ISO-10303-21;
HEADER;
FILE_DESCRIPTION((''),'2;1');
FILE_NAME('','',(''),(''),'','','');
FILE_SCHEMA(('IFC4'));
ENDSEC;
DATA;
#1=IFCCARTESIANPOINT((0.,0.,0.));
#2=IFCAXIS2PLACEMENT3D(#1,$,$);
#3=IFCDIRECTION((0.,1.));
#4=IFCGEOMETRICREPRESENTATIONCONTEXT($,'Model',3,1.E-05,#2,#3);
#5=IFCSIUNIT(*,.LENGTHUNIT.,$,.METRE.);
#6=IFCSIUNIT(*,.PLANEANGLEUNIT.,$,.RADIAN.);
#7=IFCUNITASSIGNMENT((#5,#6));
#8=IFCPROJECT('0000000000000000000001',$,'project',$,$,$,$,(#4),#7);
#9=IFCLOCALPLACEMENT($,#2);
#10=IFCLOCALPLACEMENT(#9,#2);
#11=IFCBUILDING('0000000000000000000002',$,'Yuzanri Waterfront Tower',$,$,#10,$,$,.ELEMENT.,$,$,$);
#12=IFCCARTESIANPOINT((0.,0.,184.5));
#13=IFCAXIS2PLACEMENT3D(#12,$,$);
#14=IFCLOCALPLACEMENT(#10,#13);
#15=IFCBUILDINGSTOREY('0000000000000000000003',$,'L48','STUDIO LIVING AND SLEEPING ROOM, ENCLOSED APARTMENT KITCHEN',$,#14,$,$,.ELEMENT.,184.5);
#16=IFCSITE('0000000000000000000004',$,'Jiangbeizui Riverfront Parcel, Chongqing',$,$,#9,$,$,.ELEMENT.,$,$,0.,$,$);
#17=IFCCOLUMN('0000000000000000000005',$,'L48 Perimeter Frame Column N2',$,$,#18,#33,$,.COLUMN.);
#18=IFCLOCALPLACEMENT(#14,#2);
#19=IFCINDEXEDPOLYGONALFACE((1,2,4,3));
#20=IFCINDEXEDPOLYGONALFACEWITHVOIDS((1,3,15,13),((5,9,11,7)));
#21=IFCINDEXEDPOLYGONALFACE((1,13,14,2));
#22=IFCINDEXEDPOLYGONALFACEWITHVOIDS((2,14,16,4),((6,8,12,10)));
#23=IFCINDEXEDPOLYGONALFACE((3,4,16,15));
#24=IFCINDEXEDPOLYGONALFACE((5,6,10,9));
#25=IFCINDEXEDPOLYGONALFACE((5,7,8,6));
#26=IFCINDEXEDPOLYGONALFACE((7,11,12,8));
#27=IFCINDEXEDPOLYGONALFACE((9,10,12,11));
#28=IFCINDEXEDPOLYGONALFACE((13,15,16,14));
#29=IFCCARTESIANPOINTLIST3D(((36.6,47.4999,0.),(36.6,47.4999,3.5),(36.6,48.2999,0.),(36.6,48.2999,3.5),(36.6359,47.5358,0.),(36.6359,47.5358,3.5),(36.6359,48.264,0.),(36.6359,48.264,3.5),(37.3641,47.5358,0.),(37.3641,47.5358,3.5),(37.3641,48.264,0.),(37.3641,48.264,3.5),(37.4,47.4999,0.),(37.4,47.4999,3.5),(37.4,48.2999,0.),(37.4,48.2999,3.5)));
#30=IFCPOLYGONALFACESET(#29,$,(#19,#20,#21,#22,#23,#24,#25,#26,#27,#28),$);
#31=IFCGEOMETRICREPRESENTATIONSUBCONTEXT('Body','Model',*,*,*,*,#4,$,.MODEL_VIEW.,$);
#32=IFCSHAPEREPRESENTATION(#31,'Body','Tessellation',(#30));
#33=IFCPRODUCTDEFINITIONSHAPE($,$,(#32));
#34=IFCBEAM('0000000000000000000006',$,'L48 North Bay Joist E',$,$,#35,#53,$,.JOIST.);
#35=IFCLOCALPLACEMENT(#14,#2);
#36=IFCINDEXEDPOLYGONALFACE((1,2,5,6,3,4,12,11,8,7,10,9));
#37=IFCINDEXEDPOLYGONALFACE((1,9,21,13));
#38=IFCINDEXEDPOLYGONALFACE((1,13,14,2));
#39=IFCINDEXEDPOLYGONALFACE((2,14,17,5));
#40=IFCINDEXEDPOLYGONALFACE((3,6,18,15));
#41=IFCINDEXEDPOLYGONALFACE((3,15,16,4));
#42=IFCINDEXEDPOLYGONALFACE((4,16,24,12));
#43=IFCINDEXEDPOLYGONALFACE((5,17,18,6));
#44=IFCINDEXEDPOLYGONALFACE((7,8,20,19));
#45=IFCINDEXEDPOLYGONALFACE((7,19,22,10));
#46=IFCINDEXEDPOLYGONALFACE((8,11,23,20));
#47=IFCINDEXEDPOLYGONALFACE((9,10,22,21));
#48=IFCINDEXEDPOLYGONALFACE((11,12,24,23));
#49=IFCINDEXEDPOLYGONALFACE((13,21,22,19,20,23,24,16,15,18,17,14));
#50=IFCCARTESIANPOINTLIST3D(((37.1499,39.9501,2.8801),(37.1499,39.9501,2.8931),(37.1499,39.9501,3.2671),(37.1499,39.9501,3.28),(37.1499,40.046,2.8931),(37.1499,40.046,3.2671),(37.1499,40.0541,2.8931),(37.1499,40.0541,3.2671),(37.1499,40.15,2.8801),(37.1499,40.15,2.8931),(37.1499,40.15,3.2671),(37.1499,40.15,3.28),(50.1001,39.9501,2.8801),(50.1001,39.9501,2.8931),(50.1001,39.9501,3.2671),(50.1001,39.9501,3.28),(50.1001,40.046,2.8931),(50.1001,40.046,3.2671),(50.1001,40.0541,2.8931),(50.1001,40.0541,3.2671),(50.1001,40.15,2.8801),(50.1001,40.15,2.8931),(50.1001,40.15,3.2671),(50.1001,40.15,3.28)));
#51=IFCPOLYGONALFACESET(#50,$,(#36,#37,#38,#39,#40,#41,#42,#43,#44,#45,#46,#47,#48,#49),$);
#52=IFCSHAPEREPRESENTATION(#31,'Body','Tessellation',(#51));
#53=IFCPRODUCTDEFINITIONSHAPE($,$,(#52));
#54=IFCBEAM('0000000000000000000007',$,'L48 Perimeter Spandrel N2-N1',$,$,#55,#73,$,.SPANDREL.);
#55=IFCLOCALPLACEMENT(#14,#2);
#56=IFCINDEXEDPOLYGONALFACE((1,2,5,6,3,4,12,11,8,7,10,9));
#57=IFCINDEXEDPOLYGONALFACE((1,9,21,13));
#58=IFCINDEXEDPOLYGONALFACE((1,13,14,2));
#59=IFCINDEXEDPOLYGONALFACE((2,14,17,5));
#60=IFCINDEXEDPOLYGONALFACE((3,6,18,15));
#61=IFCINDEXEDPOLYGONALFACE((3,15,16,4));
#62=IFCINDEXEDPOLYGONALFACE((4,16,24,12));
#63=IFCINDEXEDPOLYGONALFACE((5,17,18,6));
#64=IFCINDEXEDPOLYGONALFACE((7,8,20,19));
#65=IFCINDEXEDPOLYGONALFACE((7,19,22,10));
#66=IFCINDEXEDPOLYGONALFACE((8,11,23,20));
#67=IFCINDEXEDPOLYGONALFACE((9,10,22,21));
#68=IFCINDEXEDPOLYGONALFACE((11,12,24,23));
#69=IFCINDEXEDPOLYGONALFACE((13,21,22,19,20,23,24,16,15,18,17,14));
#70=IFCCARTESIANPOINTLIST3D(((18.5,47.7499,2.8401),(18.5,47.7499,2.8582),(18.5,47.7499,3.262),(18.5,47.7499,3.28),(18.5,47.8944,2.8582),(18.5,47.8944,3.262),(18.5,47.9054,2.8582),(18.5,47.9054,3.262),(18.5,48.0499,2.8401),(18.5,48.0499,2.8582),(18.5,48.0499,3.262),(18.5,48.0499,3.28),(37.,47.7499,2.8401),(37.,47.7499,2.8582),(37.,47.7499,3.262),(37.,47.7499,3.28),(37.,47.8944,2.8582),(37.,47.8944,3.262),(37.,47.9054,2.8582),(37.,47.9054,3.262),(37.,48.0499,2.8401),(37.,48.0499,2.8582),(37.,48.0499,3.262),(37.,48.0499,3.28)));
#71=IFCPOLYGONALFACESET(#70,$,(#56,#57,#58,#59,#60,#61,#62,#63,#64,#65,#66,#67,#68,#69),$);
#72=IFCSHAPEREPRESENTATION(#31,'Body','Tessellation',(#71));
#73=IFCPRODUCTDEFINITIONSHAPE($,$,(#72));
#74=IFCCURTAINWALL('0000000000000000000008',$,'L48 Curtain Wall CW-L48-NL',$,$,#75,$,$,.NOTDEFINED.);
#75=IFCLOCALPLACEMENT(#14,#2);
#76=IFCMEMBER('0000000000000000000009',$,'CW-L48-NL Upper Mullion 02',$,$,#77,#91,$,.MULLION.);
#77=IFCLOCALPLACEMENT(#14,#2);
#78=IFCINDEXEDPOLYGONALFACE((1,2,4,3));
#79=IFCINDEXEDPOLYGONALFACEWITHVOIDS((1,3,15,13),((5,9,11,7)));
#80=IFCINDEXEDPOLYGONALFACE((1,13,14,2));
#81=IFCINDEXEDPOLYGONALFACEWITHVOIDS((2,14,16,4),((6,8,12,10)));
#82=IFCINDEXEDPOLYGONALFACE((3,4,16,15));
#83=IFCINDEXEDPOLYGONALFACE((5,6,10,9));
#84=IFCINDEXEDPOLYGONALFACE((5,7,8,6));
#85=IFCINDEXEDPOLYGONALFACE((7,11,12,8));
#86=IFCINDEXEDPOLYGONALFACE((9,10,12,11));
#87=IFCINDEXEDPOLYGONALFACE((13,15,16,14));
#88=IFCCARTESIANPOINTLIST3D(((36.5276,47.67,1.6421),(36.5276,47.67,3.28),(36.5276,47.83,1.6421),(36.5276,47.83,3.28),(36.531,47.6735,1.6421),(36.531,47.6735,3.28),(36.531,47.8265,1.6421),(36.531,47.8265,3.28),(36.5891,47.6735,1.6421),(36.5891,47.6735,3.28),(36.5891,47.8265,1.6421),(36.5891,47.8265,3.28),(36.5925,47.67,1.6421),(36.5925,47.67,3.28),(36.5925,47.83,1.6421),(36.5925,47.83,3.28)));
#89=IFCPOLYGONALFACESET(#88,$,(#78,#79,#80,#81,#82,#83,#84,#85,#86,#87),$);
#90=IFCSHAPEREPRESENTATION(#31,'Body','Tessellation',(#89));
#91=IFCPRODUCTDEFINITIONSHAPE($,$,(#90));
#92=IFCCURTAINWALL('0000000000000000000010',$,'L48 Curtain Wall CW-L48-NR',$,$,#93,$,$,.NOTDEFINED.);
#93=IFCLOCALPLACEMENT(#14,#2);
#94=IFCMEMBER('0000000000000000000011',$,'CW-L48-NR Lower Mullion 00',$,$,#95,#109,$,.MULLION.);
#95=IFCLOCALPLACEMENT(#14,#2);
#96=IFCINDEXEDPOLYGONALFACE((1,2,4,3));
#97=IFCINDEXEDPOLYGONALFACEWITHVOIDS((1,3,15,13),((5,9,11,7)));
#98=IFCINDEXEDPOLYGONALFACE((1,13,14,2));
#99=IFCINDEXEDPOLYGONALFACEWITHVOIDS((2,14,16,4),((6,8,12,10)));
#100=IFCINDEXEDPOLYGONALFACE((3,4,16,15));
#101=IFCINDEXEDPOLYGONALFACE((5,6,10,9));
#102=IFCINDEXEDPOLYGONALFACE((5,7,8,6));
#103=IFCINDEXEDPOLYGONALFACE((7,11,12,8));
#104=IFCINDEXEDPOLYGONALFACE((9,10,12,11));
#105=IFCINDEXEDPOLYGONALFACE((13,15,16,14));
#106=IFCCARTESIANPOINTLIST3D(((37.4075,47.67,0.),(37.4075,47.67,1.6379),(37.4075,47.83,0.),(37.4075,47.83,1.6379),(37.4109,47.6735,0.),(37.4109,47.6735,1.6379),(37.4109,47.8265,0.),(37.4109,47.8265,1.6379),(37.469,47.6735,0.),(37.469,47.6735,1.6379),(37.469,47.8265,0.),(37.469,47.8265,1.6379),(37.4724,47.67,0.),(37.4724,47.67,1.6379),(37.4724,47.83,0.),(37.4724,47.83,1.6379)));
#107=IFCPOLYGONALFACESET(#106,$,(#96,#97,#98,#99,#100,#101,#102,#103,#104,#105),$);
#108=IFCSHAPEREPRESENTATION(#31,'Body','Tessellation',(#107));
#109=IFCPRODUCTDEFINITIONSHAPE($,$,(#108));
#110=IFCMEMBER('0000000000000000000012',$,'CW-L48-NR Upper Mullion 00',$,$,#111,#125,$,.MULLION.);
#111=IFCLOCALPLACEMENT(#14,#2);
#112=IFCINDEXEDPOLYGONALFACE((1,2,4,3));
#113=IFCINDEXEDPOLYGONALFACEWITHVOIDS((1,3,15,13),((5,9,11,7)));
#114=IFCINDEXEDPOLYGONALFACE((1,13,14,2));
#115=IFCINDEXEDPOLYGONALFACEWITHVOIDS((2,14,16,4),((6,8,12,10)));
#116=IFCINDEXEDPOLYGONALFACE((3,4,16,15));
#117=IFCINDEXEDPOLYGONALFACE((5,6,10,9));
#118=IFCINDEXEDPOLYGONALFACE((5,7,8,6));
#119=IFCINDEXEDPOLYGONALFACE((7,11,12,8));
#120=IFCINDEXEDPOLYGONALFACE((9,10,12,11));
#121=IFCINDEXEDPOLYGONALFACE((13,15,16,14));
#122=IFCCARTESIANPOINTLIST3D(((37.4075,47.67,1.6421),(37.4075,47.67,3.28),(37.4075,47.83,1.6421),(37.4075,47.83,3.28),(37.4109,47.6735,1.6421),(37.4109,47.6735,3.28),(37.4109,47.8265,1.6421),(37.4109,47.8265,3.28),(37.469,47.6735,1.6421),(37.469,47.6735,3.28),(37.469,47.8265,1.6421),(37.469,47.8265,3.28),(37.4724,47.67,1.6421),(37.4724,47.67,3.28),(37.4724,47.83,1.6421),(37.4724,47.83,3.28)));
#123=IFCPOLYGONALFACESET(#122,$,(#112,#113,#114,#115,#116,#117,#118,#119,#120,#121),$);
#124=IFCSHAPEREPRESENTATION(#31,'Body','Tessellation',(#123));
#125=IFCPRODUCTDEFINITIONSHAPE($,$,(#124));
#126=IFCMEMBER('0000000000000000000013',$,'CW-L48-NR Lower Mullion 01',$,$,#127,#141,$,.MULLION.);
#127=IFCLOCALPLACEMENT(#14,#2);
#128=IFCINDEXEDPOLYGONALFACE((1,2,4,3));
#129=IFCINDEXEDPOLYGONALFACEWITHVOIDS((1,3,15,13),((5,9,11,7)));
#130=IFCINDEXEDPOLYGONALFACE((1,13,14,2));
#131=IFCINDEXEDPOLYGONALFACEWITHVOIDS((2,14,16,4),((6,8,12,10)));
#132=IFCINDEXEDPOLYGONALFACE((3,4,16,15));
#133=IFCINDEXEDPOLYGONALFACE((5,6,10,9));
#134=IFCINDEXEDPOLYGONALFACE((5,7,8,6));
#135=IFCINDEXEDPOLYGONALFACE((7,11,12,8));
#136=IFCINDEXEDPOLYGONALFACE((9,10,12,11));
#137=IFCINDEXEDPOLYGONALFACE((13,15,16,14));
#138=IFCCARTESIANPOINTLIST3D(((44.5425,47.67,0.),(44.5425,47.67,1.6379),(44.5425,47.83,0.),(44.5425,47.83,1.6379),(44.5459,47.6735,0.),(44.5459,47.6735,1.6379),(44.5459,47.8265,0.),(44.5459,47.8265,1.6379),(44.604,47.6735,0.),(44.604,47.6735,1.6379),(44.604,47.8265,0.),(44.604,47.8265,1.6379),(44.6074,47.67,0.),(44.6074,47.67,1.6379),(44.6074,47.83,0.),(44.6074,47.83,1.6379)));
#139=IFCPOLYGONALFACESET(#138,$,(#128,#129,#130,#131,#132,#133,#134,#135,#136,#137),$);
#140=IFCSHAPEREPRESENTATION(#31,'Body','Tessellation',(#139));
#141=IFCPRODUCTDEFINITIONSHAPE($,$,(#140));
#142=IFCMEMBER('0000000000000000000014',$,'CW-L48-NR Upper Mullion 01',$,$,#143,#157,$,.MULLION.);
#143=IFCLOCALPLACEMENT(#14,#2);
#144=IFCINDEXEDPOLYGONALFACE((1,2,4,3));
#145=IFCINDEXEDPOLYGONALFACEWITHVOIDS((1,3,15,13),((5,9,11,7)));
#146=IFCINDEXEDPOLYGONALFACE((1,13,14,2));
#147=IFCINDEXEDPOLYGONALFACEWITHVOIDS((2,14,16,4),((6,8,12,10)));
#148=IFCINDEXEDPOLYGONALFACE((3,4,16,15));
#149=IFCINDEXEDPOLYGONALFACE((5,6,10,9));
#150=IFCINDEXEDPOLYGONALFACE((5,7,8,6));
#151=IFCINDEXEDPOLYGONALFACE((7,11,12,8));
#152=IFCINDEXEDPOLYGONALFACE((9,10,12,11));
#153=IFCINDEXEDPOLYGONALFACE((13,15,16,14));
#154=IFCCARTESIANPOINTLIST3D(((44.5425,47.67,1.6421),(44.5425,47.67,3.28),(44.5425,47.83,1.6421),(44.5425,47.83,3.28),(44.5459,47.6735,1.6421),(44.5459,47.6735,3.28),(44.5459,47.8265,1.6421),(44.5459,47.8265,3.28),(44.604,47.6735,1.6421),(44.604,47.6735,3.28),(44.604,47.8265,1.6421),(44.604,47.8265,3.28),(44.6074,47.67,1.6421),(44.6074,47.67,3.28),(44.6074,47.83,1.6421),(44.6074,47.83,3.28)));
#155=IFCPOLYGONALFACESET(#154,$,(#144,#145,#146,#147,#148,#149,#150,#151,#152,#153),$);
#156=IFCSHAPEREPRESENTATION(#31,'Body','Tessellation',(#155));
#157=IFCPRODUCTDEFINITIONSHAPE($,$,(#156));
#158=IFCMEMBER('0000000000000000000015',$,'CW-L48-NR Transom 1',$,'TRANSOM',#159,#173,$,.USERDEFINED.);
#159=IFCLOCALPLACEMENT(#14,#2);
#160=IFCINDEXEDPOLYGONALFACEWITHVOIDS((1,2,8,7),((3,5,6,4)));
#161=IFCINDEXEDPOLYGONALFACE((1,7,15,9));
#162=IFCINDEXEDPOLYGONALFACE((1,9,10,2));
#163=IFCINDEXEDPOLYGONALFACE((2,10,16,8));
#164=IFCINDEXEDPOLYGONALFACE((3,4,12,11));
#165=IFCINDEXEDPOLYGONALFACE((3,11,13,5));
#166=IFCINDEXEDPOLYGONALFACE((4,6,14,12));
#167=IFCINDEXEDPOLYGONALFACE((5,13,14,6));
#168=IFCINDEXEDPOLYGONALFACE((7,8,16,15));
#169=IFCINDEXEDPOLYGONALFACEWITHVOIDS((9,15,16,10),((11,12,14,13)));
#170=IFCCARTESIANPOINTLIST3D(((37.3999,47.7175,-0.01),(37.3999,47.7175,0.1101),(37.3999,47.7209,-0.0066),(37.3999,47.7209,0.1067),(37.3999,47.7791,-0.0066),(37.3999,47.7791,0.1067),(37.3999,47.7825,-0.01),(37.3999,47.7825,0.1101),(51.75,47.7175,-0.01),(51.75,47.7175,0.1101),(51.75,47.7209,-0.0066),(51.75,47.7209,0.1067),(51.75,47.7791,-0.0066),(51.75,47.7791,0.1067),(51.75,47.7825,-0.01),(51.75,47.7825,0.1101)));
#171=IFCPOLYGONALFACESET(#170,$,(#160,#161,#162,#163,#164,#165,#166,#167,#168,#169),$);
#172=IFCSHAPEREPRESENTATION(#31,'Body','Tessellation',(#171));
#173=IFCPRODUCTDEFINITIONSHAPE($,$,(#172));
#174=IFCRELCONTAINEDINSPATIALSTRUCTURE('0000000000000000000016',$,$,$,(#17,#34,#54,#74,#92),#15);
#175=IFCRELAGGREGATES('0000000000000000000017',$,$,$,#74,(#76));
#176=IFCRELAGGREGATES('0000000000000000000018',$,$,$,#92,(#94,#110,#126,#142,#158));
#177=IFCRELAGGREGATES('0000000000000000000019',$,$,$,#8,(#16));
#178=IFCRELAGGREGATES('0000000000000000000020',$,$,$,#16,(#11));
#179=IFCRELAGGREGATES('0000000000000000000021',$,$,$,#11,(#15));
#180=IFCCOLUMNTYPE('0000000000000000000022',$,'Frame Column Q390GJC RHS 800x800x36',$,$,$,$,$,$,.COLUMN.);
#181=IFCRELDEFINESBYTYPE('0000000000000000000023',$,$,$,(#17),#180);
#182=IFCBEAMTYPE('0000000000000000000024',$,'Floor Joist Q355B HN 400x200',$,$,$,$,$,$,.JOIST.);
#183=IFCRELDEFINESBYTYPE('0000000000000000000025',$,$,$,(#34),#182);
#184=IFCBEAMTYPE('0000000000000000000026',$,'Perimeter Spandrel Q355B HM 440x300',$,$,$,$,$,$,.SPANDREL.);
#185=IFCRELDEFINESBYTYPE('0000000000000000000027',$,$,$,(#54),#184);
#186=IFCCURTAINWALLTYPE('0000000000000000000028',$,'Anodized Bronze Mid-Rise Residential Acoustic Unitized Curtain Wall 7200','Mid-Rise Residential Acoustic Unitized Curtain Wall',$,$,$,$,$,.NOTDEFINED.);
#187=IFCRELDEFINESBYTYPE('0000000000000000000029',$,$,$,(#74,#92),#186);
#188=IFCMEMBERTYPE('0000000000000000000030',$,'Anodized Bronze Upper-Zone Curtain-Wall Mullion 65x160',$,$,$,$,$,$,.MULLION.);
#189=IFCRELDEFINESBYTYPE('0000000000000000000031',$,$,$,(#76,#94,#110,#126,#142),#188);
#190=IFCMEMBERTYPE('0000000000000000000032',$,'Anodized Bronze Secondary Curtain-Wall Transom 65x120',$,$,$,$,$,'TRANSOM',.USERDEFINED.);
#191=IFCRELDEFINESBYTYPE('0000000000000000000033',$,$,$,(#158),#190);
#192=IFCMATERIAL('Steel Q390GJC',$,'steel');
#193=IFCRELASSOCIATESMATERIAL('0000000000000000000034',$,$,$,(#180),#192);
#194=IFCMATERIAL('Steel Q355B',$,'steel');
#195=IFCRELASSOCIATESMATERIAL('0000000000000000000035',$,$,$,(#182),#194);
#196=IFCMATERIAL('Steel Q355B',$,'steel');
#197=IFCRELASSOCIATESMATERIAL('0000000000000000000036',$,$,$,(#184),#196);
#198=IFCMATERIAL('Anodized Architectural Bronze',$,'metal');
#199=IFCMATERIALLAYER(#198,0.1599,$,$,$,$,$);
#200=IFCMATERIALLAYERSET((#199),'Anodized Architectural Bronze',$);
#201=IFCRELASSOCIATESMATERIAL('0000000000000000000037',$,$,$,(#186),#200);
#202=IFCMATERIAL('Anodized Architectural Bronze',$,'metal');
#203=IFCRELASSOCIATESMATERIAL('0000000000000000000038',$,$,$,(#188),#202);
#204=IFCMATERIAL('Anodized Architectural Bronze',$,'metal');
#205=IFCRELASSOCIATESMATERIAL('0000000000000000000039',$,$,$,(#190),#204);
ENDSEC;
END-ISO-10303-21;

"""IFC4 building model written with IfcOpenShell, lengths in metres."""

from ifc_helpers import new_model, si_unit, direction, frame, origin, origin_2d, place, context, subcontext, project, spatial, hollow_rectangle, i_section, extrude, source, transform, mapped, material, layer, layer_set, material_profile, profile_set, type_object, element, aggregate, save


model = new_model("IFC4")

# Units and contexts
model_context = context("Model", 3, precision=1e-05, world=origin(), true_north=direction((0.0, 1.0)))
body_context = subcontext(model_context, "Body", "Model", "MODEL_VIEW")
ifc_project = project(units=[si_unit("LENGTHUNIT", "METRE"), si_unit("PLANEANGLEUNIT", "RADIAN")], contexts=[model_context])

# Site, building, storey
site_placement = place(None, origin())
site = spatial("IfcSite", under=ifc_project, at=site_placement, Name="Jiangbeizui Riverfront Parcel, Chongqing", CompositionType="ELEMENT", RefElevation=0.0)
building_placement = place(site_placement, origin())
building = spatial("IfcBuilding", under=site, at=building_placement, Name="Yuzanri Waterfront Tower", CompositionType="ELEMENT")
storey_placement = place(building_placement, frame((0.0, 0.0, 184.5)))
storey = spatial("IfcBuildingStorey", under=building, at=storey_placement, Name="L48", Description="STUDIO LIVING AND SLEEPING ROOM, ENCLOSED APARTMENT KITCHEN", CompositionType="ELEMENT", Elevation=184.5)

# Column
ifc_material_1 = material(Name="Steel Q390GJC", Category="steel")
ifc_material_profile_1 = material_profile(ifc_material_1, hollow_rectangle(XDim=0.8, YDim=0.8, WallThickness=0.0359, at=origin_2d()), Name="RHS 800x800x36")
ifc_profile_set_1 = profile_set([ifc_material_profile_1], Name="Steel Q390GJC")
column_type = type_object("IfcColumnType", Name="Frame Column Q390GJC RHS 800x800x36", PredefinedType="COLUMN", material=ifc_profile_set_1)
shared_shape_1 = source(origin(), body_context, "Body", "SweptSolid", [
    extrude(hollow_rectangle(XDim=0.8, YDim=0.8, WallThickness=0.0359, at=origin_2d()), origin(), (0.0, 0.0, 1.0), 3.5),
])
column_placement = place(storey_placement, frame((37.0, 47.8999, 0.0), z_axis=(0.0, 0.0, 1.0), x_axis=(1.0, 0.0, 0.0)))
element("IfcColumn", 1, at=column_placement, inside=storey, type_object=column_type, Name="L48 Perimeter Frame Column N2", PredefinedType="COLUMN", context=body_context, shape_type="MappedRepresentation", body=[
    mapped(shared_shape_1, transform((0.0, 0.0, 0.0), scale=1.0)),
])

# Beams
ifc_material_2 = material(Name="Steel Q355B", Category="steel")
ifc_material_profile_2 = material_profile(ifc_material_2, i_section(OverallWidth=0.2, OverallDepth=0.3999, WebThickness=0.0081, FlangeThickness=0.0129, at=origin_2d()), Name="HN 400x200x8x13")
ifc_profile_set_2 = profile_set([ifc_material_profile_2], Name="Steel Q355B")
beam_type_1 = type_object("IfcBeamType", Name="Floor Joist Q355B HN 400x200", PredefinedType="JOIST", material=ifc_profile_set_2)
shared_shape_2 = source(origin(), body_context, "Body", "SweptSolid", [
    extrude(i_section(OverallWidth=0.2, OverallDepth=0.3999, WebThickness=0.0081, FlangeThickness=0.0129, at=origin_2d()), origin(), (0.0, 0.0, 1.0), 12.9502),
])
beam_1_placement = place(storey_placement, frame((37.1499, 40.05, 3.0801), z_axis=(1.0, 0.0, 0.0), x_axis=(0.0, 1.0, 0.0)))
element("IfcBeam", 2, at=beam_1_placement, inside=storey, type_object=beam_type_1, Name="L48 North Bay Joist E", PredefinedType="JOIST", context=body_context, shape_type="MappedRepresentation", body=[
    mapped(shared_shape_2, transform((0.0, 0.0, 0.0), scale=1.0)),
])
ifc_material_3 = material(Name="Steel Q355B", Category="steel")
ifc_material_profile_3 = material_profile(ifc_material_3, i_section(OverallWidth=0.3, OverallDepth=0.4399, WebThickness=0.011, FlangeThickness=0.0181, at=origin_2d()), Name="HM 440x300x11x18")
ifc_profile_set_3 = profile_set([ifc_material_profile_3], Name="Steel Q355B")
beam_type_2 = type_object("IfcBeamType", Name="Perimeter Spandrel Q355B HM 440x300", PredefinedType="SPANDREL", material=ifc_profile_set_3)
shared_shape_3 = source(origin(), body_context, "Body", "SweptSolid", [
    extrude(i_section(OverallWidth=0.3, OverallDepth=0.4399, WebThickness=0.011, FlangeThickness=0.0181, at=origin_2d()), origin(), (0.0, 0.0, 1.0), 18.5),
])
beam_2_placement = place(storey_placement, frame((37.0, 47.8999, 3.0601), z_axis=(-1.0, 0.0, 0.0), x_axis=(0.0, -1.0, 0.0)))
element("IfcBeam", 3, at=beam_2_placement, inside=storey, type_object=beam_type_2, Name="L48 Perimeter Spandrel N2-N1", PredefinedType="SPANDREL", context=body_context, shape_type="MappedRepresentation", body=[
    mapped(shared_shape_3, transform((0.0, 0.0, 0.0), scale=1.0)),
])

# Curtain wall, member
ifc_material_4 = material(Name="Anodized Architectural Bronze", Category="metal")
ifc_layer_1 = layer(ifc_material_4, 0.1599)
ifc_layer_set_1 = layer_set([ifc_layer_1], Name="Anodized Architectural Bronze")
curtain_wall_type = type_object("IfcCurtainWallType", Name="Anodized Bronze Mid-Rise Residential Acoustic Unitized Curtain Wall 7200", Description="Mid-Rise Residential Acoustic Unitized Curtain Wall", PredefinedType="NOTDEFINED", material=ifc_layer_set_1)
curtain_wall_1_placement = place(storey_placement, origin())
curtain_wall_1 = element("IfcCurtainWall", 4, at=curtain_wall_1_placement, inside=storey, type_object=curtain_wall_type, Name="L48 Curtain Wall CW-L48-NL", PredefinedType="NOTDEFINED")
ifc_material_5 = material(Name="Anodized Architectural Bronze", Category="metal")
ifc_material_profile_4 = material_profile(ifc_material_5, hollow_rectangle(XDim=0.0649, YDim=0.1599, WallThickness=0.0034, at=origin_2d()), Name="CWM 65x160")
ifc_profile_set_4 = profile_set([ifc_material_profile_4], Name="Anodized Architectural Bronze")
member_type_1 = type_object("IfcMemberType", Name="Anodized Bronze Upper-Zone Curtain-Wall Mullion 65x160", PredefinedType="MULLION", material=ifc_profile_set_4)
shared_shape_4 = source(origin(), body_context, "Body", "SweptSolid", [
    extrude(hollow_rectangle(XDim=0.0649, YDim=0.1599, WallThickness=0.0034, at=origin_2d()), origin(), (0.0, 0.0, 1.0), 1.6379),
])
member_1_placement = place(storey_placement, frame((36.5601, 47.75, 1.6421), z_axis=(0.0, 0.0, 1.0), x_axis=(1.0, 0.0, 0.0)))
member_1 = element("IfcMember", 5, at=member_1_placement, type_object=member_type_1, Name="CW-L48-NL Upper Mullion 02", PredefinedType="MULLION", context=body_context, shape_type="MappedRepresentation", body=[
    mapped(shared_shape_4, transform((0.0, 0.0, 0.0), scale=1.0)),
])
aggregate(curtain_wall_1, [member_1])

# Curtain wall, members
curtain_wall_2_placement = place(storey_placement, origin())
curtain_wall_2 = element("IfcCurtainWall", 6, at=curtain_wall_2_placement, inside=storey, type_object=curtain_wall_type, Name="L48 Curtain Wall CW-L48-NR", PredefinedType="NOTDEFINED")
member_2_placement = place(storey_placement, frame((37.4399, 47.75, 0.0), z_axis=(0.0, 0.0, 1.0), x_axis=(1.0, 0.0, 0.0)))
member_2 = element("IfcMember", 7, at=member_2_placement, type_object=member_type_1, Name="CW-L48-NR Lower Mullion 00", PredefinedType="MULLION", context=body_context, shape_type="MappedRepresentation", body=[
    mapped(shared_shape_4, transform((0.0, 0.0, 0.0), scale=1.0)),
])
member_3_placement = place(storey_placement, frame((37.4399, 47.75, 1.6421), z_axis=(0.0, 0.0, 1.0), x_axis=(1.0, 0.0, 0.0)))
member_3 = element("IfcMember", 8, at=member_3_placement, type_object=member_type_1, Name="CW-L48-NR Upper Mullion 00", PredefinedType="MULLION", context=body_context, shape_type="MappedRepresentation", body=[
    mapped(shared_shape_4, transform((0.0, 0.0, 0.0), scale=1.0)),
])
member_4_placement = place(storey_placement, frame((44.575, 47.75, 0.0), z_axis=(0.0, 0.0, 1.0), x_axis=(1.0, 0.0, 0.0)))
member_4 = element("IfcMember", 9, at=member_4_placement, type_object=member_type_1, Name="CW-L48-NR Lower Mullion 01", PredefinedType="MULLION", context=body_context, shape_type="MappedRepresentation", body=[
    mapped(shared_shape_4, transform((0.0, 0.0, 0.0), scale=1.0)),
])
member_5_placement = place(storey_placement, frame((44.575, 47.75, 1.6421), z_axis=(0.0, 0.0, 1.0), x_axis=(1.0, 0.0, 0.0)))
member_5 = element("IfcMember", 10, at=member_5_placement, type_object=member_type_1, Name="CW-L48-NR Upper Mullion 01", PredefinedType="MULLION", context=body_context, shape_type="MappedRepresentation", body=[
    mapped(shared_shape_4, transform((0.0, 0.0, 0.0), scale=1.0)),
])
ifc_material_6 = material(Name="Anodized Architectural Bronze", Category="metal")
ifc_material_profile_5 = material_profile(ifc_material_6, hollow_rectangle(XDim=0.0649, YDim=0.1201, WallThickness=0.0034, at=origin_2d()), Name="CWT 65x120")
ifc_profile_set_5 = profile_set([ifc_material_profile_5], Name="Anodized Architectural Bronze")
member_type_2 = type_object("IfcMemberType", Name="Anodized Bronze Secondary Curtain-Wall Transom 65x120", ElementType="TRANSOM", PredefinedType="USERDEFINED", material=ifc_profile_set_5)
shared_shape_5 = source(origin(), body_context, "Body", "SweptSolid", [
    extrude(hollow_rectangle(XDim=0.0649, YDim=0.1201, WallThickness=0.0034, at=origin_2d()), origin(), (0.0, 0.0, 1.0), 14.3501),
])
member_6_placement = place(storey_placement, frame((37.3999, 47.75, 0.05), z_axis=(1.0, 0.0, 0.0), x_axis=(0.0, 1.0, 0.0)))
member_6 = element("IfcMember", 11, at=member_6_placement, type_object=member_type_2, Name="CW-L48-NR Transom 1", ObjectType="TRANSOM", PredefinedType="USERDEFINED", context=body_context, shape_type="MappedRepresentation", body=[
    mapped(shared_shape_5, transform((0.0, 0.0, 0.0), scale=1.0)),
])
aggregate(curtain_wall_2, [member_2, member_3, member_4, member_5, member_6])

save(model, "model.ifc")
